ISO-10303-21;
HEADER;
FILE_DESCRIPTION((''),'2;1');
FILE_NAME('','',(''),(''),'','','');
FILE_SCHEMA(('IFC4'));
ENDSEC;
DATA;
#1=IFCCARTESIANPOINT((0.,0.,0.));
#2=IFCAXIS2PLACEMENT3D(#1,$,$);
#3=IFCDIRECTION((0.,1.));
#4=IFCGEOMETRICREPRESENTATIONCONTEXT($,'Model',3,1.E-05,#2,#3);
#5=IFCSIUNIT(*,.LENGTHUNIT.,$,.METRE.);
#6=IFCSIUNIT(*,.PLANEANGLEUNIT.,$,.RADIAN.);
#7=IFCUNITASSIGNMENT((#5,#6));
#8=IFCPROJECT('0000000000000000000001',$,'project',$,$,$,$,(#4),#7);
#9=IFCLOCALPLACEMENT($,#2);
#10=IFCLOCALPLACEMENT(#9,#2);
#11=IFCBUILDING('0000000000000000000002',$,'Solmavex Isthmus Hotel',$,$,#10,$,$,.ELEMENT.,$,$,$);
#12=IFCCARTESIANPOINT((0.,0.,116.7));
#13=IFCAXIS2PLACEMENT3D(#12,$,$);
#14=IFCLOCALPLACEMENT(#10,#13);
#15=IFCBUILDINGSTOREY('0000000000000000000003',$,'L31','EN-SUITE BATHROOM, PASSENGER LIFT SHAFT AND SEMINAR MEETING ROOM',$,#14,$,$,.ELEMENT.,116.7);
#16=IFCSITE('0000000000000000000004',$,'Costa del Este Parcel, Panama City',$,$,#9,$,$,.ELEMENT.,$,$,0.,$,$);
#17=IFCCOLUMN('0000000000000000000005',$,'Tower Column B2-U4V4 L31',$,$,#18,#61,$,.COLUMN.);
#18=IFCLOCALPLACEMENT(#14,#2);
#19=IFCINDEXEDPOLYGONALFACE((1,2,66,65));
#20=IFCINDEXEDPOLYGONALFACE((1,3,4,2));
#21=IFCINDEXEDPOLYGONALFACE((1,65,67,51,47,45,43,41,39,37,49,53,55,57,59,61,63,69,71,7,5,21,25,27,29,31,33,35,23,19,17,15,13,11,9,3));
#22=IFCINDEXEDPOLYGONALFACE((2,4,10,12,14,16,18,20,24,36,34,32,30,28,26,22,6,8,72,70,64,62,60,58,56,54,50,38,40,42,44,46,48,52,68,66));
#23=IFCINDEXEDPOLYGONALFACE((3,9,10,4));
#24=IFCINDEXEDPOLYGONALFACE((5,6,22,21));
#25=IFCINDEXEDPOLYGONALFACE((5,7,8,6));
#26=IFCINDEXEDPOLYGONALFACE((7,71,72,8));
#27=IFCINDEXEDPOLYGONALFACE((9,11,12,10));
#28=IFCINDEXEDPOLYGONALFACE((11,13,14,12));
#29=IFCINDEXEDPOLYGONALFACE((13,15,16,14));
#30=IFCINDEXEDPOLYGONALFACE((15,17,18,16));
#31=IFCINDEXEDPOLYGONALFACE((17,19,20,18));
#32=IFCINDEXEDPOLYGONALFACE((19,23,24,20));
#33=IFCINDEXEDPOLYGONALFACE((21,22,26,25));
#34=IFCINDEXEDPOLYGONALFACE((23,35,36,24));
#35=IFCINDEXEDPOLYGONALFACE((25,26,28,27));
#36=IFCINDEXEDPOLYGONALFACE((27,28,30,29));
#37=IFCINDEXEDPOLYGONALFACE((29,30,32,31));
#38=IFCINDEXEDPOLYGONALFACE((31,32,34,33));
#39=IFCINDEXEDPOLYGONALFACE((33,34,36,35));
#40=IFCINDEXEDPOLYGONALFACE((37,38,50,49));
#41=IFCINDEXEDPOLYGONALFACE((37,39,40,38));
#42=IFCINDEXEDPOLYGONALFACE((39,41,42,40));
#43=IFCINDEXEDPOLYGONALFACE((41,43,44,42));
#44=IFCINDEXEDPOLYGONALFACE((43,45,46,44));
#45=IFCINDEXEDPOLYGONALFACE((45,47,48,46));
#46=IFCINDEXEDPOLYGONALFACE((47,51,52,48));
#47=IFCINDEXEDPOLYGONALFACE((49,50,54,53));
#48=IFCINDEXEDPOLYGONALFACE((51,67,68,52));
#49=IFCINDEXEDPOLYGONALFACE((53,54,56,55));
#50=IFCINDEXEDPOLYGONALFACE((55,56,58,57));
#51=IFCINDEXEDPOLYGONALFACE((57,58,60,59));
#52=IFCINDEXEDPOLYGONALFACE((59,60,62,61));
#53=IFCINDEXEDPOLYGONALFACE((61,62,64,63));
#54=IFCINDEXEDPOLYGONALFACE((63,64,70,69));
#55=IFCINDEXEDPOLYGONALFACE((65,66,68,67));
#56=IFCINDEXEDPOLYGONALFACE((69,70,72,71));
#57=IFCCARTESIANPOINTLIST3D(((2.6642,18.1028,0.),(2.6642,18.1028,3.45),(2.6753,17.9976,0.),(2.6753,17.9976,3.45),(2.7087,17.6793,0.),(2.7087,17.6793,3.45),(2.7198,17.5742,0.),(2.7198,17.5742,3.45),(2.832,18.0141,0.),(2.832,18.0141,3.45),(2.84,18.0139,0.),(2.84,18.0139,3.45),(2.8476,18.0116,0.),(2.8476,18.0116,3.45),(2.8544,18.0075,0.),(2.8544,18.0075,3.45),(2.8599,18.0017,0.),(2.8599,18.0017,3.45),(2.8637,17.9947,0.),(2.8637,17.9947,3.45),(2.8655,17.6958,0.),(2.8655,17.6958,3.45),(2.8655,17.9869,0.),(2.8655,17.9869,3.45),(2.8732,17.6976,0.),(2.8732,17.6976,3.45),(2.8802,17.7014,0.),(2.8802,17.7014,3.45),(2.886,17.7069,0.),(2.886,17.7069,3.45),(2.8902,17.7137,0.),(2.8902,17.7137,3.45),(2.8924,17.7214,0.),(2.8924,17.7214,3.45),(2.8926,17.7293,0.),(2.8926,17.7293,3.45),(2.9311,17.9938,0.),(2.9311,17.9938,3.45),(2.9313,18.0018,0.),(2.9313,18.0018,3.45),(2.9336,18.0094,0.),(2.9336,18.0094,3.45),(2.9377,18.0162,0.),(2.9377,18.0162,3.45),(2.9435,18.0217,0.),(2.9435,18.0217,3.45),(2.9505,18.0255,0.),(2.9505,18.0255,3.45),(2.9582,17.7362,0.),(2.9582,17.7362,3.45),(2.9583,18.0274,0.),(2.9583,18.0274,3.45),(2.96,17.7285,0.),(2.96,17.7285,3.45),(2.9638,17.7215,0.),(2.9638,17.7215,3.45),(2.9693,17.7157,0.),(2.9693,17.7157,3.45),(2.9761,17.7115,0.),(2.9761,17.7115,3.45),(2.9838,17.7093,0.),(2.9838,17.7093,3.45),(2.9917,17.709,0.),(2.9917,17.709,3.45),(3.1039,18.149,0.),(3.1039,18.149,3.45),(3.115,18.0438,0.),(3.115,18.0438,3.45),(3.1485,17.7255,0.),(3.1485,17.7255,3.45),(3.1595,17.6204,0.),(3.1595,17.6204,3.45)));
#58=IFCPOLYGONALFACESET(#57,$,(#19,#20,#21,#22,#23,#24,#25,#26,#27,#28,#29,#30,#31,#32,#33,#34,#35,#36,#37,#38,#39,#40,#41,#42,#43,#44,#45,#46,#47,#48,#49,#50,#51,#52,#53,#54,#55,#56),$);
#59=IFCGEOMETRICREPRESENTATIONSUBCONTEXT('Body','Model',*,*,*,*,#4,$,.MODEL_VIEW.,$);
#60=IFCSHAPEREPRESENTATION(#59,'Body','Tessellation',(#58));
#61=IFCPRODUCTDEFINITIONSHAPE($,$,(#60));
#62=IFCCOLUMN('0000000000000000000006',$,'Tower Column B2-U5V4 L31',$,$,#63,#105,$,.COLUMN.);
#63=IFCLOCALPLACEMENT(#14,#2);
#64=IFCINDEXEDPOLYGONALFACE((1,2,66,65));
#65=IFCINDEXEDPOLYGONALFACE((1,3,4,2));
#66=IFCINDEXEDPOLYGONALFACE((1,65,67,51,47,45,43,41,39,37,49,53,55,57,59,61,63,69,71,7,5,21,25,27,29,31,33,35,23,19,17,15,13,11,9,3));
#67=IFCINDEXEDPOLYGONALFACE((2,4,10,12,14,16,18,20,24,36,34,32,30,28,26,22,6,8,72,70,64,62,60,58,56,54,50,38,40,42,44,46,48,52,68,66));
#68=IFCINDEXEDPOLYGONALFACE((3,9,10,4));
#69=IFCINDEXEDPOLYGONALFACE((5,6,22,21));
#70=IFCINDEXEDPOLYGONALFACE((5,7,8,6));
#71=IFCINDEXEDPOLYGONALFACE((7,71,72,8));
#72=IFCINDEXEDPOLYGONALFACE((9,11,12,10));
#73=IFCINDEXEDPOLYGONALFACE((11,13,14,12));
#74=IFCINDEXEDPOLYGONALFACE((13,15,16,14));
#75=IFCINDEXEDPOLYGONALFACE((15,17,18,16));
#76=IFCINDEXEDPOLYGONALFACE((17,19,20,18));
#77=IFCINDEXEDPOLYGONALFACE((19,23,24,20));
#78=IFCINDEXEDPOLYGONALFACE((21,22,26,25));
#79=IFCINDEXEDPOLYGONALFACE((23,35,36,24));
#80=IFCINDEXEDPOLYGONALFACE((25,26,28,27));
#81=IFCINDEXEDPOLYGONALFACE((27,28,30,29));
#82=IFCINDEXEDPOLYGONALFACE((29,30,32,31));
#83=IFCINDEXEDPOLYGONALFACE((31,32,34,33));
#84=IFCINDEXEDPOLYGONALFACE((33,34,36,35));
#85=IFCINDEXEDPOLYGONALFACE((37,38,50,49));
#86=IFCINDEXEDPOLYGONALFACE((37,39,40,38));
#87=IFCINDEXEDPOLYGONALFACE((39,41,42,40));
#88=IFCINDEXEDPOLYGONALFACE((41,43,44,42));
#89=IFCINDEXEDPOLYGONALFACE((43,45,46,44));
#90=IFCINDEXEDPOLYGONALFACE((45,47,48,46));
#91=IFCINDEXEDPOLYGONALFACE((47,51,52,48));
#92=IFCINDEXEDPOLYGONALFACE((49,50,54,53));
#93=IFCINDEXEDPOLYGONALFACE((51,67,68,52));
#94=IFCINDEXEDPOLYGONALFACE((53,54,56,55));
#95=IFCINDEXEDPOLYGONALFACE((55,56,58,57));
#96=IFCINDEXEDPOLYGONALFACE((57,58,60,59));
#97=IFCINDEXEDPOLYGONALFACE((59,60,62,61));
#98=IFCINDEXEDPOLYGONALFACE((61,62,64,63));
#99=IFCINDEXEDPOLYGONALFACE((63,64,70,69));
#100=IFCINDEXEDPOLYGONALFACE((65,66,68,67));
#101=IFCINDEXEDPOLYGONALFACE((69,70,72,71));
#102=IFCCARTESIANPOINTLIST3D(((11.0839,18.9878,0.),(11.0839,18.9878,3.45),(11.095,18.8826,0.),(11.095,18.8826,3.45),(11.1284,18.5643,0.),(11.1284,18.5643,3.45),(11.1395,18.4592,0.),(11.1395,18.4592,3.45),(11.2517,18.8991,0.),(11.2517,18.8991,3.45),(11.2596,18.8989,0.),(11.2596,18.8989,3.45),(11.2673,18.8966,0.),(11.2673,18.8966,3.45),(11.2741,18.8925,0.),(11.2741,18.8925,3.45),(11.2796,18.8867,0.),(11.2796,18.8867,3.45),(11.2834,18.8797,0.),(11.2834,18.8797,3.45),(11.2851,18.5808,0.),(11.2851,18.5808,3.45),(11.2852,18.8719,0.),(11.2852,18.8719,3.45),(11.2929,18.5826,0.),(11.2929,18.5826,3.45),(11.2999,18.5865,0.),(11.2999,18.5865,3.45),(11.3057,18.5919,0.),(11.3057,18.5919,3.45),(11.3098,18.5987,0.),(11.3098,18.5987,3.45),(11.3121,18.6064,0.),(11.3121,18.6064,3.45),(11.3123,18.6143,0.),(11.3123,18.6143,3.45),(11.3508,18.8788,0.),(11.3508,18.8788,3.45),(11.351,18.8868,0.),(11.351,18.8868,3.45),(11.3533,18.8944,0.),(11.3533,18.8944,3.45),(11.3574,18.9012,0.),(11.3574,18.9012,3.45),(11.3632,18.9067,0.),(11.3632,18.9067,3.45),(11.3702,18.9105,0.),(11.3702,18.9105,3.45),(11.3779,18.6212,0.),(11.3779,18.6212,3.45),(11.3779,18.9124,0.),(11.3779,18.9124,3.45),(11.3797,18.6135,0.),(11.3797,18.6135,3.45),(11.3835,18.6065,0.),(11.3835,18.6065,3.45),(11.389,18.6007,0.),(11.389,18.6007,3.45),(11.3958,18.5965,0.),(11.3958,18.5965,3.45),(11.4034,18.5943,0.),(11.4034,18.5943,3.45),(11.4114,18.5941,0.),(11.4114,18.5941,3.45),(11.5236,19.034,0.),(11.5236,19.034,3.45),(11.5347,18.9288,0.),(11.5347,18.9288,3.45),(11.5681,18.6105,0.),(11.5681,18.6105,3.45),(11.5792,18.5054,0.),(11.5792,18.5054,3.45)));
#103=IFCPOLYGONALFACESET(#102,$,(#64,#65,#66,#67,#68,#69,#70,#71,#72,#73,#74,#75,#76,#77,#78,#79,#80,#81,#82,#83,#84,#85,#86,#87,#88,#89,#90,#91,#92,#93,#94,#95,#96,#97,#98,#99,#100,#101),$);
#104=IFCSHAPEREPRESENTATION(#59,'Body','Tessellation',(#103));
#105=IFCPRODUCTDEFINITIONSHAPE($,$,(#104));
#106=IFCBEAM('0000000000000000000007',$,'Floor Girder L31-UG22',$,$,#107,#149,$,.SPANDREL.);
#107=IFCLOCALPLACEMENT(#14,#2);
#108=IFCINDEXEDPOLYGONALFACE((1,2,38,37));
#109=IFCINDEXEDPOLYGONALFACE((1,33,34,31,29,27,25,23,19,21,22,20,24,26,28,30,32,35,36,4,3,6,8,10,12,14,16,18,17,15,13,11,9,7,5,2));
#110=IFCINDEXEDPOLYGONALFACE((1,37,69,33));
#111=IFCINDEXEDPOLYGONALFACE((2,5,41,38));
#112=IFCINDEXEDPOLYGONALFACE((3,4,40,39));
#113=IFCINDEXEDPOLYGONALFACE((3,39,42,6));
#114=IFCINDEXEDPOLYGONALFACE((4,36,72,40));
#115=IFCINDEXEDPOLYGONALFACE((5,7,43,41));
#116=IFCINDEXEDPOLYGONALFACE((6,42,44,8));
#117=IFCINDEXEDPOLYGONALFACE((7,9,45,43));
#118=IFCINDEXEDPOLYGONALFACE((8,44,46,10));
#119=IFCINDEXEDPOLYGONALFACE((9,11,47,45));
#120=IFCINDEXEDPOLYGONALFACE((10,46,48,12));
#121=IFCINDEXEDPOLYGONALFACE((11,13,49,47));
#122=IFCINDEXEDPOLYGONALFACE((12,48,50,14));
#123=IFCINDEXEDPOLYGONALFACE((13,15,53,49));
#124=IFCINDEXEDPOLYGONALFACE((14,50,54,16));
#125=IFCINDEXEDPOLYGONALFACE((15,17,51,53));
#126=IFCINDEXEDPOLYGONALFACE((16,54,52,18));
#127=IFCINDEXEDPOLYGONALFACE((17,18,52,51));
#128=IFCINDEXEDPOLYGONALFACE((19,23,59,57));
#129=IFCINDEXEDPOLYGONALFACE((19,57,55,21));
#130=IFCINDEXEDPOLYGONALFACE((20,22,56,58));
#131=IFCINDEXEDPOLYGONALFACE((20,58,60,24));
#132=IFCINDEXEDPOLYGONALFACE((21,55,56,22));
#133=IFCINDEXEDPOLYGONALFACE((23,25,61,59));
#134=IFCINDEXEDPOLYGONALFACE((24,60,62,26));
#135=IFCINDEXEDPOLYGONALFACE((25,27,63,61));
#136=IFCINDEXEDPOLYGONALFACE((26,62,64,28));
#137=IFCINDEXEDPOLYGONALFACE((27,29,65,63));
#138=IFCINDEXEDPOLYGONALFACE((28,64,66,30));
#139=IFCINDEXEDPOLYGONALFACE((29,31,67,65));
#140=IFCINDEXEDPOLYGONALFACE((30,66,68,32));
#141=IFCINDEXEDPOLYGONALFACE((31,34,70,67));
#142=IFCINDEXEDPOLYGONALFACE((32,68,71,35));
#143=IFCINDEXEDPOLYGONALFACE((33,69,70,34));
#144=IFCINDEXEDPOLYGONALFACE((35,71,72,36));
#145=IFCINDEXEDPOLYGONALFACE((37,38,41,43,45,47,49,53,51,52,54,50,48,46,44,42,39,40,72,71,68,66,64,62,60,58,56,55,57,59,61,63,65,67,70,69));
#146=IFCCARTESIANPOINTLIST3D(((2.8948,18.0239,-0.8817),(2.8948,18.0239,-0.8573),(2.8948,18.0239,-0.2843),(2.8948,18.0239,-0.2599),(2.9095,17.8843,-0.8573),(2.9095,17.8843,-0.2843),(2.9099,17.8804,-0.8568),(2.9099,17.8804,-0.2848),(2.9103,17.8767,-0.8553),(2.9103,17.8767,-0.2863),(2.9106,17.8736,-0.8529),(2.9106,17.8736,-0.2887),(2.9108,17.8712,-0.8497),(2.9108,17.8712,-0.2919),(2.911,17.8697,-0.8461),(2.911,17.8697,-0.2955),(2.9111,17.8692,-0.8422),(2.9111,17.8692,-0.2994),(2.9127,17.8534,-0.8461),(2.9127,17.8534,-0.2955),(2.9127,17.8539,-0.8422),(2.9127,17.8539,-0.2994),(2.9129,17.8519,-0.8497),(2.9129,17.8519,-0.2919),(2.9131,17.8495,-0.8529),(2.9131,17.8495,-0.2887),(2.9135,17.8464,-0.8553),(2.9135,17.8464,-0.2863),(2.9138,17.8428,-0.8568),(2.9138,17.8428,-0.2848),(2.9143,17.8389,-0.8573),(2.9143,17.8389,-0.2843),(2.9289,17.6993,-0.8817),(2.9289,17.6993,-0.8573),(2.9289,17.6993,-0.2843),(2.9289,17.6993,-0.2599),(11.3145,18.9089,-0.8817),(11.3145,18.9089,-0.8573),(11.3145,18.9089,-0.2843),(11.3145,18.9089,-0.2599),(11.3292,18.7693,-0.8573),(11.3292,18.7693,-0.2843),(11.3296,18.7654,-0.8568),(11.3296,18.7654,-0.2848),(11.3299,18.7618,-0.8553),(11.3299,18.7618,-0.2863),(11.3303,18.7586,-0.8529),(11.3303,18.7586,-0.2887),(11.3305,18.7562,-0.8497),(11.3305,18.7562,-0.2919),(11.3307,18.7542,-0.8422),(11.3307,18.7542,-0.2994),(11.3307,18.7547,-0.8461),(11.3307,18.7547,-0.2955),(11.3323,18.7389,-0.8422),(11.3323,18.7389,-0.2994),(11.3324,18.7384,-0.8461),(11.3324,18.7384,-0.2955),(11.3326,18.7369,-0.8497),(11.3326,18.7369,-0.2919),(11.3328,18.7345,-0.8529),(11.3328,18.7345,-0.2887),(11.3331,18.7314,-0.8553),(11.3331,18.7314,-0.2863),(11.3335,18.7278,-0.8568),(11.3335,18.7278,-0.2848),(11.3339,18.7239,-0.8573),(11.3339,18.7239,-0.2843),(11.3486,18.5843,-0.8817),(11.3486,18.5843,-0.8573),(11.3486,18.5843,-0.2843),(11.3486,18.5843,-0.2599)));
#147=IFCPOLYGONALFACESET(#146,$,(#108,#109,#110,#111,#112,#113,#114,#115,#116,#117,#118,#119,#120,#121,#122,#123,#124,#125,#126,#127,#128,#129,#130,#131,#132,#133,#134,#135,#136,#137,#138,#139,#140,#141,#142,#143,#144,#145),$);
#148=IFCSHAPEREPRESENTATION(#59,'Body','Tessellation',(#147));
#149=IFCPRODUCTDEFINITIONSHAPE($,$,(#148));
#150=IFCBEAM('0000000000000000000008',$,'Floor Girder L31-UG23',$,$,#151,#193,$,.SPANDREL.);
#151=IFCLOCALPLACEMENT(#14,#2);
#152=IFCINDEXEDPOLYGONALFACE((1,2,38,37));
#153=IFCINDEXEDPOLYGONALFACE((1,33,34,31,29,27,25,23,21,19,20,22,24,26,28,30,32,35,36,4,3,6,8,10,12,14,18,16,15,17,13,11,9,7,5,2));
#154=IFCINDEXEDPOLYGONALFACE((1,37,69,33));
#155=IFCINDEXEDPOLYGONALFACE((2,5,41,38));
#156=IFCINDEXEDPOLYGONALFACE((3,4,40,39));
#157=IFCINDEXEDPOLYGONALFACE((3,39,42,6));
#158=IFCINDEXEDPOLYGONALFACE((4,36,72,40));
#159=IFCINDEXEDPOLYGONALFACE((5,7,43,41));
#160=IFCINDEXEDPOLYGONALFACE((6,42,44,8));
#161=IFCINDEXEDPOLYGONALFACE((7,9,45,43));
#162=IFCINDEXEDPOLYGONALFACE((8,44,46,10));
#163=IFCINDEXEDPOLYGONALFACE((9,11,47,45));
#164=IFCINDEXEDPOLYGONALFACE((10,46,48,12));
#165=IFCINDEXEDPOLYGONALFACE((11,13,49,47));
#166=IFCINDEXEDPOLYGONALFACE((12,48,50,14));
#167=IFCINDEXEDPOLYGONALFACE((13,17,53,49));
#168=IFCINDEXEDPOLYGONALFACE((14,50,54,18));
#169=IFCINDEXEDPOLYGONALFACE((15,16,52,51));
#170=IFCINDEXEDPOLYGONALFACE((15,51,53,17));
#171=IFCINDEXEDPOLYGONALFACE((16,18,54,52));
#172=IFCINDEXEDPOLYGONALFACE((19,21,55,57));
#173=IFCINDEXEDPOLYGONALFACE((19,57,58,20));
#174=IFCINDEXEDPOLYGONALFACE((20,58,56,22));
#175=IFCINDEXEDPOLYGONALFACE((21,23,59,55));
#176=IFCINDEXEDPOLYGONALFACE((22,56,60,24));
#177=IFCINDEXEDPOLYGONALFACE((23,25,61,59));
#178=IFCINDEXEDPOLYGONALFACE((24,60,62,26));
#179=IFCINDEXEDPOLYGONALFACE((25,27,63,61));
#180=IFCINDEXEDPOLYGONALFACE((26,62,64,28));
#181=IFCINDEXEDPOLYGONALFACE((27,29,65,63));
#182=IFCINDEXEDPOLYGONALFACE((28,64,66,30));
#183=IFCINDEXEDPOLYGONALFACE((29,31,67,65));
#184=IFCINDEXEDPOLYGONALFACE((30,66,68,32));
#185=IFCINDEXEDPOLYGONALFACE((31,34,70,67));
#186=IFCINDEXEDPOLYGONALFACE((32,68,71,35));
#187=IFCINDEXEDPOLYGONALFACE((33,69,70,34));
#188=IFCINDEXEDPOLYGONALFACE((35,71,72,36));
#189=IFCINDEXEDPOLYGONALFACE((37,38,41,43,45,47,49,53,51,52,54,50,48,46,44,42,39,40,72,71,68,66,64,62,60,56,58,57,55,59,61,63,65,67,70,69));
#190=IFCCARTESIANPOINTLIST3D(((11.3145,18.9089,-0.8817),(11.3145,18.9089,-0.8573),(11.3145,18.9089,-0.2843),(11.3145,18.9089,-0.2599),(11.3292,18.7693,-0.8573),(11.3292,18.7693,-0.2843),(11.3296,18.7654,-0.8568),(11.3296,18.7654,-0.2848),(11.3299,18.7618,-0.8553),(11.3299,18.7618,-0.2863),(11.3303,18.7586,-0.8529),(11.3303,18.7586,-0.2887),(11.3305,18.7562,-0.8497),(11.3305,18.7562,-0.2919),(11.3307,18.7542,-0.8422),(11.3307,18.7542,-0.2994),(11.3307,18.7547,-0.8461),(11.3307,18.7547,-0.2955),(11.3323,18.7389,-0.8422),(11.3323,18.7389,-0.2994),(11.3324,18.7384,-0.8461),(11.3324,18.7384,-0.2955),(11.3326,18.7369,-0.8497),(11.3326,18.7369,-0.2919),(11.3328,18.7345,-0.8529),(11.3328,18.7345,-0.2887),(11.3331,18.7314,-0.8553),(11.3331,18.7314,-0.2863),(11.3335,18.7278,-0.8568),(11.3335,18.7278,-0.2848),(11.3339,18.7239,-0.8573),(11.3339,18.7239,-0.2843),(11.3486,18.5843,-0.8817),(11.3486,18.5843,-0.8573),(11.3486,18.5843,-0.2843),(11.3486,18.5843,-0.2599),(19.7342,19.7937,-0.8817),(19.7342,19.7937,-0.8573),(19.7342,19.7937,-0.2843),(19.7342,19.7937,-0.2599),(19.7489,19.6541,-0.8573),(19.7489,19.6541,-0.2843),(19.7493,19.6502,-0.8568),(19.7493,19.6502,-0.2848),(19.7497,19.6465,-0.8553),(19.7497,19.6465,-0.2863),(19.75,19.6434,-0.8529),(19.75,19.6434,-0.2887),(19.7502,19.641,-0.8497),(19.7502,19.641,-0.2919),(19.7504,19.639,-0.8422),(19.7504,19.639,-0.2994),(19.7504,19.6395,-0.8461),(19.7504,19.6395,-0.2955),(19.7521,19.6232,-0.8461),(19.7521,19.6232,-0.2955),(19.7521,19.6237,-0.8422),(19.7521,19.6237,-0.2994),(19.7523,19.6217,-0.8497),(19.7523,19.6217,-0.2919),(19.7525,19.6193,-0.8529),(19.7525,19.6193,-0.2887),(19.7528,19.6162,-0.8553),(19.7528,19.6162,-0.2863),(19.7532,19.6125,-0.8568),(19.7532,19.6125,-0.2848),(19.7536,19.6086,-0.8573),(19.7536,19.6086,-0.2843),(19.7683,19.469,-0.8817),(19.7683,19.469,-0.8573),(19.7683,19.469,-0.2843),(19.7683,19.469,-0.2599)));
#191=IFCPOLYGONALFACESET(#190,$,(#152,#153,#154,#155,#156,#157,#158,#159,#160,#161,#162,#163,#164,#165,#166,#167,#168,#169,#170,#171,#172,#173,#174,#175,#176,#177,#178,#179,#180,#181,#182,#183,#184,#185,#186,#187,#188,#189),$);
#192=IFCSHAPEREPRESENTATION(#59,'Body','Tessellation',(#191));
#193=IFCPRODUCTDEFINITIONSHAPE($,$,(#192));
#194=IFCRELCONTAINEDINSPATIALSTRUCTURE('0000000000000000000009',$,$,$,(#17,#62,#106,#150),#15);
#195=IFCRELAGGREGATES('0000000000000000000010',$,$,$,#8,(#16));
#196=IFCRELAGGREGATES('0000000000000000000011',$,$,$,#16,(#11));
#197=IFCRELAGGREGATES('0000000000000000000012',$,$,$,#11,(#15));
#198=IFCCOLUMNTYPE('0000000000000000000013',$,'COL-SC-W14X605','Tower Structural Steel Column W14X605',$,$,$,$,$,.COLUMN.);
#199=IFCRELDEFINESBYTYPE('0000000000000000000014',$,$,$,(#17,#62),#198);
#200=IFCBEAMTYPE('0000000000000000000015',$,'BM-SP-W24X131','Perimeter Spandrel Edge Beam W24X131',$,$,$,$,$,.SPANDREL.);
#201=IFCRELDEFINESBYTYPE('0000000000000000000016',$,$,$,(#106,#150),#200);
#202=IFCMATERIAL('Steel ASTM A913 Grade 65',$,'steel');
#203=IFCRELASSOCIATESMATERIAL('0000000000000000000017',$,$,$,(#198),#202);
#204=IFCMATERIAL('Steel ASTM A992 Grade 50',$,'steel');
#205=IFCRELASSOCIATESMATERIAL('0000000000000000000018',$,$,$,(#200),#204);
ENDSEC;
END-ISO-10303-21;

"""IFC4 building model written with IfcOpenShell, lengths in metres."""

from ifc_helpers import new_model, si_unit, direction, frame, origin, origin_2d, place, context, subcontext, project, spatial, i_section, extrude, material, material_profile, profile_set, type_object, element, save


model = new_model("IFC4")

# Units and contexts
model_context = context("Model", 3, precision=1e-05, world=origin(), true_north=direction((0.0, 1.0)))
body_context = subcontext(model_context, "Body", "Model", "MODEL_VIEW")
ifc_project = project(units=[si_unit("LENGTHUNIT", "METRE"), si_unit("PLANEANGLEUNIT", "RADIAN")], contexts=[model_context])

# Site, building, storey
site_placement = place(None, origin())
site = spatial("IfcSite", under=ifc_project, at=site_placement, Name="Costa del Este Parcel, Panama City", CompositionType="ELEMENT", RefElevation=0.0)
building_placement = place(site_placement, origin())
building = spatial("IfcBuilding", under=site, at=building_placement, Name="Solmavex Isthmus Hotel", CompositionType="ELEMENT")
storey_placement = place(building_placement, frame((0.0, 0.0, 116.7)))
storey = spatial("IfcBuildingStorey", under=building, at=storey_placement, Name="L31", Description="EN-SUITE BATHROOM, PASSENGER LIFT SHAFT AND SEMINAR MEETING ROOM", CompositionType="ELEMENT", Elevation=116.7)

# Columns
ifc_material_1 = material(Name="Steel ASTM A913 Grade 65", Category="steel")
ifc_material_profile_1 = material_profile(ifc_material_1, i_section(OverallWidth=0.4421, OverallDepth=0.5315, WebThickness=0.0659, FlangeThickness=0.1057, FilletRadius=0.0305, at=origin_2d()), Name="W14X605")
ifc_profile_set_1 = profile_set([ifc_material_profile_1], Name="Steel ASTM A913 Grade 65")
column_type = type_object("IfcColumnType", Name="COL-SC-W14X605", Description="Tower Structural Steel Column W14X605", PredefinedType="COLUMN", material=ifc_profile_set_1)
for number, where, z_axis, x_axis, name in (
    (1, (2.9119, 17.8616, 0.0), (0.0, 0.0, 1.0), (0.994522, 0.104528, 0.0), "Tower Column B2-U4V4 L31"),
    (2, (11.3315, 18.7466, 0.0), (0.0, 0.0, 1.0), (0.994522, 0.104528, 0.0), "Tower Column B2-U5V4 L31"),
):
    element("IfcColumn", number, at=place(storey_placement, frame(where, z_axis=z_axis, x_axis=x_axis)), inside=storey, type_object=column_type, Name=name, PredefinedType="COLUMN", context=body_context, shape_type="SweptSolid", body=[
        extrude(i_section(OverallWidth=0.4421, OverallDepth=0.5315, WebThickness=0.0659, FlangeThickness=0.1057, FilletRadius=0.0305, at=origin_2d()), origin(), (0.0, 0.0, 1.0), 3.45),
    ])

# Beams
ifc_material_2 = material(Name="Steel ASTM A992 Grade 50", Category="steel")
ifc_material_profile_2 = material_profile(ifc_material_2, i_section(OverallWidth=0.3264, OverallDepth=0.6218, WebThickness=0.0154, FlangeThickness=0.0244, FilletRadius=0.0151, at=origin_2d()), Name="W24X131")
ifc_profile_set_2 = profile_set([ifc_material_profile_2], Name="Steel ASTM A992 Grade 50")
beam_type = type_object("IfcBeamType", Name="BM-SP-W24X131", Description="Perimeter Spandrel Edge Beam W24X131", PredefinedType="SPANDREL", material=ifc_profile_set_2)
for number, where, z_axis, x_axis, name in (
    (3, (2.9119, 17.8616, -0.5708), (0.994521, 0.104536, 0.0), (-0.104536, 0.994521, 0.0), "Floor Girder L31-UG22"),
    (4, (11.3315, 18.7466, -0.5708), (0.994524, 0.104508, 0.0), (-0.104508, 0.994524, 0.0), "Floor Girder L31-UG23"),
):
    element("IfcBeam", number, at=place(storey_placement, frame(where, z_axis=z_axis, x_axis=x_axis)), inside=storey, type_object=beam_type, Name=name, PredefinedType="SPANDREL", context=body_context, shape_type="SweptSolid", body=[
        extrude(i_section(OverallWidth=0.3264, OverallDepth=0.6218, WebThickness=0.0154, FlangeThickness=0.0244, FilletRadius=0.0151, at=origin_2d()), origin(), (0.0, 0.0, 1.0), 8.4661),
    ])

save(model, "model.ifc")
